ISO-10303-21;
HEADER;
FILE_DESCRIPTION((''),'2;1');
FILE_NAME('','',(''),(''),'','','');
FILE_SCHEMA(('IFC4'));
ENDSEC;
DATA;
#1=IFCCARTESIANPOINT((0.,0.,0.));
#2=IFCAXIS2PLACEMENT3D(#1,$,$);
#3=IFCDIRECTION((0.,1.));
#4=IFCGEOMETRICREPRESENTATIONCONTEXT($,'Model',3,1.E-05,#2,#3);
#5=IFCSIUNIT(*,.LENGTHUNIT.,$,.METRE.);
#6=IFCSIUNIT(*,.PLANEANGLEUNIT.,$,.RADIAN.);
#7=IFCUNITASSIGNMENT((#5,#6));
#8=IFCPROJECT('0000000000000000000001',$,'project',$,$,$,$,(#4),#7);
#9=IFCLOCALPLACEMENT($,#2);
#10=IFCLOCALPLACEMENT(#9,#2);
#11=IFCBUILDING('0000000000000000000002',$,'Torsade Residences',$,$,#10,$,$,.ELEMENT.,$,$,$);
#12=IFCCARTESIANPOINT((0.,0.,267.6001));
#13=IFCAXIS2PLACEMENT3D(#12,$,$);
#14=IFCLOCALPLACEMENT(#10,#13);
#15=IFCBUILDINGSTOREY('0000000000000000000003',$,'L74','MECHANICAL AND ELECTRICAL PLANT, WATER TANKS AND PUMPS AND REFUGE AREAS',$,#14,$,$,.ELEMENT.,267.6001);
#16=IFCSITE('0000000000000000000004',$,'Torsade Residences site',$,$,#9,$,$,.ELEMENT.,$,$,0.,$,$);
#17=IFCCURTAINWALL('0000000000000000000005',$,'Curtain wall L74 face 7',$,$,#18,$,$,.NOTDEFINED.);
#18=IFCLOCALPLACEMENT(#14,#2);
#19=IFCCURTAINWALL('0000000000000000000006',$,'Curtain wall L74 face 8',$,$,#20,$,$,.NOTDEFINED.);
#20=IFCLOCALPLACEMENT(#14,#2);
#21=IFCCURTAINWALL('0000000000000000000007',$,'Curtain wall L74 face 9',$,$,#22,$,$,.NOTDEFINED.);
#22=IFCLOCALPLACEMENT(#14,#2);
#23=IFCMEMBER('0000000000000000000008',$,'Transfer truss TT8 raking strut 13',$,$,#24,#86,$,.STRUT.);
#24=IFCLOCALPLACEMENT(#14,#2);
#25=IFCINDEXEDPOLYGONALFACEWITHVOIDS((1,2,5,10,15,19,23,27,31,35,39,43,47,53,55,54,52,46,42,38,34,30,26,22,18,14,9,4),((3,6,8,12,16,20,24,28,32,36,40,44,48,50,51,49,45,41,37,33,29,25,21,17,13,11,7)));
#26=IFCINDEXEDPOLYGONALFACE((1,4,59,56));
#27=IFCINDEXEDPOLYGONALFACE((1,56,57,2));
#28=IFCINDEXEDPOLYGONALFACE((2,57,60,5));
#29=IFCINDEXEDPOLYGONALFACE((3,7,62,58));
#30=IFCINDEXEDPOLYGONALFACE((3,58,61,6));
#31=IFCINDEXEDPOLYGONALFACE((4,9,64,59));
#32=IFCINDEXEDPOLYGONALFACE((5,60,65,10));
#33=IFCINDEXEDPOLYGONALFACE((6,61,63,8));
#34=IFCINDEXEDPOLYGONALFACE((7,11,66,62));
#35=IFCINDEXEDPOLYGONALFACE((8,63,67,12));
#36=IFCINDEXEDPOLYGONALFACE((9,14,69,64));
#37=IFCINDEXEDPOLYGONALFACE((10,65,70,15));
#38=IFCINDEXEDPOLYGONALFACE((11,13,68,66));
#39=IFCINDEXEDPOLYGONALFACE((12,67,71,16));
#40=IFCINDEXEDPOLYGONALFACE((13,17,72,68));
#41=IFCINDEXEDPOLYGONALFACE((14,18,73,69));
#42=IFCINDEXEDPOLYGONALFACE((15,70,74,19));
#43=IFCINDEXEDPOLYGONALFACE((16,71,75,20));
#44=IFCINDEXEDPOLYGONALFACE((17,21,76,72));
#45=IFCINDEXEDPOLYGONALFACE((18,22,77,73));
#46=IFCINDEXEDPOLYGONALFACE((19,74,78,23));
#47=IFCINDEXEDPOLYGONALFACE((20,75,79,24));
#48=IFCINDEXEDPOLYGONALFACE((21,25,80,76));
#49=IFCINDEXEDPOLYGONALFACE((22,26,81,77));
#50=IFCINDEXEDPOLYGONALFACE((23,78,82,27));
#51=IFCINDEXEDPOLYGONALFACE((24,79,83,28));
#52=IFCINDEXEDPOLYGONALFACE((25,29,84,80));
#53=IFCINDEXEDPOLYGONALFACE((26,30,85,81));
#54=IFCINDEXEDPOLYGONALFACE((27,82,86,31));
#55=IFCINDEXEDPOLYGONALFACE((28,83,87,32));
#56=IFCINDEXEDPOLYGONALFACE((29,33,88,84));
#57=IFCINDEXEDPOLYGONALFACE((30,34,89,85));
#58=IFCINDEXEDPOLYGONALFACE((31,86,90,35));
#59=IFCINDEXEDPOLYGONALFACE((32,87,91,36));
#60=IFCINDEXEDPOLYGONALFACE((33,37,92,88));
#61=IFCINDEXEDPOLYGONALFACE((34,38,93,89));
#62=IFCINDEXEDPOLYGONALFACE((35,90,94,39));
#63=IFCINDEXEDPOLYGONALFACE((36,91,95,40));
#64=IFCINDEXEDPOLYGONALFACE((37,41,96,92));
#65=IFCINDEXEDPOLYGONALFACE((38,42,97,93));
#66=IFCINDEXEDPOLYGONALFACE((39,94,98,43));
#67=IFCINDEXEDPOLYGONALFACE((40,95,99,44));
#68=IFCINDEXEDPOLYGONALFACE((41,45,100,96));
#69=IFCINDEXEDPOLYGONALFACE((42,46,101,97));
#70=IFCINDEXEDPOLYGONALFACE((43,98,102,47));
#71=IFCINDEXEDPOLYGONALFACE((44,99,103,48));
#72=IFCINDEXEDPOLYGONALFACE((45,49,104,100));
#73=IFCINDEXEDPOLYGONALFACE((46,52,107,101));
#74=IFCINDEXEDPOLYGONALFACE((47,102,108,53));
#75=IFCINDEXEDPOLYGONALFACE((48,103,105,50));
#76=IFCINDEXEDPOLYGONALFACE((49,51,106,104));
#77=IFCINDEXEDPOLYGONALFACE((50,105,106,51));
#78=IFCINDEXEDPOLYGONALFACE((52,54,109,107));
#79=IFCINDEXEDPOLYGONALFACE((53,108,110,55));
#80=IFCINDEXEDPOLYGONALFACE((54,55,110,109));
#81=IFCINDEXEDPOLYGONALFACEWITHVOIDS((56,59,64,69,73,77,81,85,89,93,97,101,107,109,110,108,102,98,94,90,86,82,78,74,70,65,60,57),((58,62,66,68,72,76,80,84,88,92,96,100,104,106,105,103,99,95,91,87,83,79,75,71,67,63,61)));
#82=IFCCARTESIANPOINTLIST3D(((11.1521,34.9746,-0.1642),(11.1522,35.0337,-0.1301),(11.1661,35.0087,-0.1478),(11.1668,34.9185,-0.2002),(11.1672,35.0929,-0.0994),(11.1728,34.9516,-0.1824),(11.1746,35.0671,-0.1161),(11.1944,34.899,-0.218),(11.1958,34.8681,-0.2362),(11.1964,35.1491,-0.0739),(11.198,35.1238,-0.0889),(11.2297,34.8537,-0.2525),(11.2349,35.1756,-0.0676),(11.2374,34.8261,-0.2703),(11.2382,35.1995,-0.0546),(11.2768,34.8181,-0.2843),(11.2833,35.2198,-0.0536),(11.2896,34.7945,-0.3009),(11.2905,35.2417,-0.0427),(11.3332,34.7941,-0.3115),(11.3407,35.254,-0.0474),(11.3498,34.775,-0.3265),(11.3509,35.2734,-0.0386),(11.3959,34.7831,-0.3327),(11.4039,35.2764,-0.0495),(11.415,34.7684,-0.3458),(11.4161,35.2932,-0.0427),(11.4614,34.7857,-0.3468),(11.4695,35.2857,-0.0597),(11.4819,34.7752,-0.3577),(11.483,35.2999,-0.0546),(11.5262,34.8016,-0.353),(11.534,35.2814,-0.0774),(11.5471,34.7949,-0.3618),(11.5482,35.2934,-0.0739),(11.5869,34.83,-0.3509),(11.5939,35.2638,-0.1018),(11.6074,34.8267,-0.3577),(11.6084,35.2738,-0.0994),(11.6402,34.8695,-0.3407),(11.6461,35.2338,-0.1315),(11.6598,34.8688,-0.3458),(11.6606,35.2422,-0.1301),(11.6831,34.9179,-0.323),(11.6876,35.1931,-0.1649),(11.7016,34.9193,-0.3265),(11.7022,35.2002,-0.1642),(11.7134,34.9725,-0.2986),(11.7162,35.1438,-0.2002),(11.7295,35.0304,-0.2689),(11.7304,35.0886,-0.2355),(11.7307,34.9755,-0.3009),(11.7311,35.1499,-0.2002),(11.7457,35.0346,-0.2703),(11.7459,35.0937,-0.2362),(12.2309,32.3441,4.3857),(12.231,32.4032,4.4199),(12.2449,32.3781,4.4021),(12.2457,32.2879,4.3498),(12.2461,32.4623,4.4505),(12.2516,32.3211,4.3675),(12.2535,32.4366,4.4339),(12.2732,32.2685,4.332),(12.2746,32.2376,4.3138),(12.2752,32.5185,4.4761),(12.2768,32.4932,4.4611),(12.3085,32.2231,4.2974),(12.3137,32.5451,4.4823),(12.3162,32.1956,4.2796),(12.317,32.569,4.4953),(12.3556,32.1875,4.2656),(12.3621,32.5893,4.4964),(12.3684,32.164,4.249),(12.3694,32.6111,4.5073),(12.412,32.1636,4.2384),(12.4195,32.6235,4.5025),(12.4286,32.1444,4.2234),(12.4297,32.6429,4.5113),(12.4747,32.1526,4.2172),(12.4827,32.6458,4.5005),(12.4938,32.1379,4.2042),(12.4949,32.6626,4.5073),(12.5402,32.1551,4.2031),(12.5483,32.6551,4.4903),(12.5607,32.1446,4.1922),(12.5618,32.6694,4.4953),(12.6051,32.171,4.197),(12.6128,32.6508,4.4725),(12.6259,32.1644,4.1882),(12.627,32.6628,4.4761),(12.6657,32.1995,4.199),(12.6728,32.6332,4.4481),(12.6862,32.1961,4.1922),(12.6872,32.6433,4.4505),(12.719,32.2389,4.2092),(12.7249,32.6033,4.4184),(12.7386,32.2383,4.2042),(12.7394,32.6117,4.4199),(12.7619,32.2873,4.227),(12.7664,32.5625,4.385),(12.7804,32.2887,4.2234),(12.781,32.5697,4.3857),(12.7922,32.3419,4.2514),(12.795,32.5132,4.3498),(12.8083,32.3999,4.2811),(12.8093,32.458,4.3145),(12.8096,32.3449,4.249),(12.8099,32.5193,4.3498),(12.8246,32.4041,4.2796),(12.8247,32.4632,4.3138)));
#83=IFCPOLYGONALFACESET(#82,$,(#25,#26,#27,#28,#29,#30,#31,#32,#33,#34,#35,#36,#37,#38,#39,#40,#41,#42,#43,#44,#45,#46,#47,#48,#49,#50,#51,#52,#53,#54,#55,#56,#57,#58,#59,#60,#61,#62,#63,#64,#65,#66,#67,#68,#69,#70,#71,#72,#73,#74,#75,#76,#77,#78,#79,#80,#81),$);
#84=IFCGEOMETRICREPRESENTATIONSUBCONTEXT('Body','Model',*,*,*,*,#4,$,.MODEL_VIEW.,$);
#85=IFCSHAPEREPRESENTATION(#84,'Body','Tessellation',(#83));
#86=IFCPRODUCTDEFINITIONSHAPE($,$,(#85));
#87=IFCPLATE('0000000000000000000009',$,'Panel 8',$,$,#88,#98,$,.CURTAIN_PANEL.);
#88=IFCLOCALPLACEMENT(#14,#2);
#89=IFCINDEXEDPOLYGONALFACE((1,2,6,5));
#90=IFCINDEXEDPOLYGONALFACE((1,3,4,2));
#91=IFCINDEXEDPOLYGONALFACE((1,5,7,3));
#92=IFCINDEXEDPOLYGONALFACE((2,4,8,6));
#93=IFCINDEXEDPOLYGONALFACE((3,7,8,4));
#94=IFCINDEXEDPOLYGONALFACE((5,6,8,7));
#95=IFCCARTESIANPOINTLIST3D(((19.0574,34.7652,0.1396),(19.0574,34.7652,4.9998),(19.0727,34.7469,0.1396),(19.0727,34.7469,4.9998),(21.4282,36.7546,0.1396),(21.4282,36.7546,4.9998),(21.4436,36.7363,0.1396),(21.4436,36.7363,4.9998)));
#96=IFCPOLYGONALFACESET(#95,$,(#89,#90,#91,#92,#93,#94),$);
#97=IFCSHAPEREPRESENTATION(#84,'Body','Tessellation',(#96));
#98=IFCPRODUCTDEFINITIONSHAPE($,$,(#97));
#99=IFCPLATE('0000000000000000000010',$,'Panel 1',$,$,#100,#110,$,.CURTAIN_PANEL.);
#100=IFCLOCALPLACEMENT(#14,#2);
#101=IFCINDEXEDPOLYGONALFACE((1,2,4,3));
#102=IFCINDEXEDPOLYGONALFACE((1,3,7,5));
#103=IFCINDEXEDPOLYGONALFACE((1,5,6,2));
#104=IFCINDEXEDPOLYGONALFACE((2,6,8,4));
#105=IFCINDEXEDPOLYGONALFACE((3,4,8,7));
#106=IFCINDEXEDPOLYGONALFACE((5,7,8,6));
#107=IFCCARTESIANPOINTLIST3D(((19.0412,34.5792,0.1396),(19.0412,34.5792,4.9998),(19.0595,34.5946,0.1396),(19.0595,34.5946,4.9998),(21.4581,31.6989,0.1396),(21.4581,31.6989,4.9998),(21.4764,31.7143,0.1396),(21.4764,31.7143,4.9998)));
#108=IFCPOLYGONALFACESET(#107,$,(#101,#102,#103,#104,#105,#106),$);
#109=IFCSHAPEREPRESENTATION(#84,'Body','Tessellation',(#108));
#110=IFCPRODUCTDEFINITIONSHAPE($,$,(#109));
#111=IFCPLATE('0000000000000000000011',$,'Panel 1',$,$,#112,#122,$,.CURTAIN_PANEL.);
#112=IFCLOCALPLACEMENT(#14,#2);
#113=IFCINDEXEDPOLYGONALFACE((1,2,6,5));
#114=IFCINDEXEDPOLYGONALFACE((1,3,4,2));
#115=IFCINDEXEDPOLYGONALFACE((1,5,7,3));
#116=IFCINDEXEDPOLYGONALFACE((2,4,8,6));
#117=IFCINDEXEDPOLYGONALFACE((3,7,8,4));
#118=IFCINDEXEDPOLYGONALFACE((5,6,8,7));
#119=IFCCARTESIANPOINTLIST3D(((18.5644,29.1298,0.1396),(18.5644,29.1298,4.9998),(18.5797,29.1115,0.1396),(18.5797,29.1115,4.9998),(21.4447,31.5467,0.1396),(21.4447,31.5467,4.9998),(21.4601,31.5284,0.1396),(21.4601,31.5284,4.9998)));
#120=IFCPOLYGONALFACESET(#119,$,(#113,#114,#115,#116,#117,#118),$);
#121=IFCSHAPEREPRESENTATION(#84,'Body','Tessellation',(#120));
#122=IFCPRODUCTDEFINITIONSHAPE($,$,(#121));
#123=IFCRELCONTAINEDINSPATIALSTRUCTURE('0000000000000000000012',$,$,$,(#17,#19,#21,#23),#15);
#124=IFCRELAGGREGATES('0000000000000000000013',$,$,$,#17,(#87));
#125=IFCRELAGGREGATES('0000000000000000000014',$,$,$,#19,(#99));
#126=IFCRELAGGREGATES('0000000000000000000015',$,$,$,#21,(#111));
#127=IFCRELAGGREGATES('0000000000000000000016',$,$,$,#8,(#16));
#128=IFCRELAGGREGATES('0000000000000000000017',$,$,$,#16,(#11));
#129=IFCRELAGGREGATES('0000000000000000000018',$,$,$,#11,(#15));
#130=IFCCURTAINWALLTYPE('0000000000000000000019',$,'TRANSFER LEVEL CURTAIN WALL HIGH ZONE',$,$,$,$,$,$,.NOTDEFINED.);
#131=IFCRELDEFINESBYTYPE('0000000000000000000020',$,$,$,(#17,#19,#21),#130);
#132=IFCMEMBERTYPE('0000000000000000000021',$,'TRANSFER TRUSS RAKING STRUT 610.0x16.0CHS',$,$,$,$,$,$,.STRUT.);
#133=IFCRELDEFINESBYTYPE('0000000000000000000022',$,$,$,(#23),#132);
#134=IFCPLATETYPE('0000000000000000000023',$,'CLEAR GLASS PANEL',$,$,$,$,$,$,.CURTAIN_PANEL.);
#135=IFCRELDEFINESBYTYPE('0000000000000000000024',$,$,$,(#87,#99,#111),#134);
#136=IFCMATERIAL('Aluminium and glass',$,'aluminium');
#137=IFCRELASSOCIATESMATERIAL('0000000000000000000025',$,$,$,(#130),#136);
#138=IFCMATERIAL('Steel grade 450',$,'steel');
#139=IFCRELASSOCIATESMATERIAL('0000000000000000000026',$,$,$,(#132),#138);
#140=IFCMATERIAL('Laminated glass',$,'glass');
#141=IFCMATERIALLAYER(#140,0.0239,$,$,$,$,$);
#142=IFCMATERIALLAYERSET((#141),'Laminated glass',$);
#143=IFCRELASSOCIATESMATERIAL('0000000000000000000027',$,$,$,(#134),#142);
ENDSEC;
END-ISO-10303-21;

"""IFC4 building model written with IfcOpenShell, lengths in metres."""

from ifc_helpers import new_model, si_unit, direction, frame, origin, origin_2d, place, context, subcontext, project, spatial, rectangle, hollow_circle, extrude, material, layer, layer_set, material_profile, profile_set, type_object, element, aggregate, save


model = new_model("IFC4")

# Units and contexts
model_context = context("Model", 3, precision=1e-05, world=origin(), true_north=direction((0.0, 1.0)))
body_context = subcontext(model_context, "Body", "Model", "MODEL_VIEW")
ifc_project = project(units=[si_unit("LENGTHUNIT", "METRE"), si_unit("PLANEANGLEUNIT", "RADIAN")], contexts=[model_context])

# Site, building, storey
site_placement = place(None, origin())
site = spatial("IfcSite", under=ifc_project, at=site_placement, Name="Torsade Residences site", CompositionType="ELEMENT", RefElevation=0.0)
building_placement = place(site_placement, origin())
building = spatial("IfcBuilding", under=site, at=building_placement, Name="Torsade Residences", CompositionType="ELEMENT")
storey_placement = place(building_placement, frame((0.0, 0.0, 267.6001)))
storey = spatial("IfcBuildingStorey", under=building, at=storey_placement, Name="L74", Description="MECHANICAL AND ELECTRICAL PLANT, WATER TANKS AND PUMPS AND REFUGE AREAS", CompositionType="ELEMENT", Elevation=267.6001)

# Curtain walls
ifc_material_1 = material(Name="Aluminium and glass", Category="aluminium")
curtain_wall_type = type_object("IfcCurtainWallType", Name="TRANSFER LEVEL CURTAIN WALL HIGH ZONE", PredefinedType="NOTDEFINED", material=ifc_material_1)
curtain_wall_1_placement = place(storey_placement, origin())
curtain_wall_1 = element("IfcCurtainWall", 1, at=curtain_wall_1_placement, inside=storey, type_object=curtain_wall_type, Name="Curtain wall L74 face 7", PredefinedType="NOTDEFINED")
curtain_wall_2_placement = place(storey_placement, origin())
curtain_wall_2 = element("IfcCurtainWall", 2, at=curtain_wall_2_placement, inside=storey, type_object=curtain_wall_type, Name="Curtain wall L74 face 8", PredefinedType="NOTDEFINED")

# Curtain wall
curtain_wall_3_placement = place(storey_placement, origin())
curtain_wall_3 = element("IfcCurtainWall", 3, at=curtain_wall_3_placement, inside=storey, type_object=curtain_wall_type, Name="Curtain wall L74 face 9", PredefinedType="NOTDEFINED")

# Member
ifc_material_2 = material(Name="Steel grade 450", Category="steel")
ifc_material_profile_1 = material_profile(ifc_material_2, hollow_circle(Radius=0.3049, WallThickness=0.0161, at=origin_2d()), Name="610.0x16.0CHS")
ifc_profile_set_1 = profile_set([ifc_material_profile_1], Name="Steel grade 450")
member_type_1 = type_object("IfcMemberType", Name="TRANSFER TRUSS RAKING STRUT 610.0x16.0CHS", PredefinedType="STRUT", material=ifc_profile_set_1)
member_1_placement = place(storey_placement, frame((11.449, 35.0342, -0.2002), z_axis=(0.201079, -0.490297, 0.848043), x_axis=(0.925214, 0.379445, 0.0)))
element("IfcMember", 4, at=member_1_placement, inside=storey, type_object=member_type_1, Name="Transfer truss TT8 raking strut 13", PredefinedType="STRUT", context=body_context, shape_type="SweptSolid", body=[
    extrude(hollow_circle(Radius=0.3049, WallThickness=0.0161, at=origin_2d()), origin(), (0.0, 0.0, 1.0), 5.3652),
])

# Plates
ifc_material_3 = material(Name="Laminated glass", Category="glass")
ifc_layer = layer(ifc_material_3, 0.0239)
ifc_layer_set = layer_set([ifc_layer], Name="Laminated glass")
plate_type = type_object("IfcPlateType", Name="CLEAR GLASS PANEL", PredefinedType="CURTAIN_PANEL", material=ifc_layer_set)
plate_1_placement = place(storey_placement, frame((20.2505, 35.7507, 0.1396), z_axis=(0.0, 0.0, 1.0), x_axis=(-0.766044, -0.642788, 0.0)))
plate_1 = element("IfcPlate", 5, at=plate_1_placement, type_object=plate_type, Name="Panel 8", PredefinedType="CURTAIN_PANEL", context=body_context, shape_type="SweptSolid", body=[
    extrude(rectangle(XDim=3.095, YDim=0.0239, at=origin_2d()), origin(), (0.0, 0.0, 1.0), 4.8601),
])
aggregate(curtain_wall_1, [plate_1])
plate_2_placement = place(storey_placement, frame((20.2588, 33.1467, 0.1396), z_axis=(0.0, 0.0, 1.0), x_axis=(0.642788, -0.766044, 0.0)))
plate_2 = element("IfcPlate", 6, at=plate_2_placement, type_object=plate_type, Name="Panel 1", PredefinedType="CURTAIN_PANEL", context=body_context, shape_type="SweptSolid", body=[
    extrude(rectangle(XDim=3.76, YDim=0.0239, at=origin_2d()), origin(), (0.0, 0.0, 1.0), 4.8601),
])
aggregate(curtain_wall_2, [plate_2])
plate_3_placement = place(storey_placement, frame((20.0122, 30.3291, 0.1396), z_axis=(0.0, 0.0, 1.0), x_axis=(-0.766044, -0.642788, 0.0)))
plate_3 = element("IfcPlate", 7, at=plate_3_placement, type_object=plate_type, Name="Panel 1", PredefinedType="CURTAIN_PANEL", context=body_context, shape_type="SweptSolid", body=[
    extrude(rectangle(XDim=3.76, YDim=0.0239, at=origin_2d()), origin(), (0.0, 0.0, 1.0), 4.8601),
])
aggregate(curtain_wall_3, [plate_3])

save(model, "model.ifc")
